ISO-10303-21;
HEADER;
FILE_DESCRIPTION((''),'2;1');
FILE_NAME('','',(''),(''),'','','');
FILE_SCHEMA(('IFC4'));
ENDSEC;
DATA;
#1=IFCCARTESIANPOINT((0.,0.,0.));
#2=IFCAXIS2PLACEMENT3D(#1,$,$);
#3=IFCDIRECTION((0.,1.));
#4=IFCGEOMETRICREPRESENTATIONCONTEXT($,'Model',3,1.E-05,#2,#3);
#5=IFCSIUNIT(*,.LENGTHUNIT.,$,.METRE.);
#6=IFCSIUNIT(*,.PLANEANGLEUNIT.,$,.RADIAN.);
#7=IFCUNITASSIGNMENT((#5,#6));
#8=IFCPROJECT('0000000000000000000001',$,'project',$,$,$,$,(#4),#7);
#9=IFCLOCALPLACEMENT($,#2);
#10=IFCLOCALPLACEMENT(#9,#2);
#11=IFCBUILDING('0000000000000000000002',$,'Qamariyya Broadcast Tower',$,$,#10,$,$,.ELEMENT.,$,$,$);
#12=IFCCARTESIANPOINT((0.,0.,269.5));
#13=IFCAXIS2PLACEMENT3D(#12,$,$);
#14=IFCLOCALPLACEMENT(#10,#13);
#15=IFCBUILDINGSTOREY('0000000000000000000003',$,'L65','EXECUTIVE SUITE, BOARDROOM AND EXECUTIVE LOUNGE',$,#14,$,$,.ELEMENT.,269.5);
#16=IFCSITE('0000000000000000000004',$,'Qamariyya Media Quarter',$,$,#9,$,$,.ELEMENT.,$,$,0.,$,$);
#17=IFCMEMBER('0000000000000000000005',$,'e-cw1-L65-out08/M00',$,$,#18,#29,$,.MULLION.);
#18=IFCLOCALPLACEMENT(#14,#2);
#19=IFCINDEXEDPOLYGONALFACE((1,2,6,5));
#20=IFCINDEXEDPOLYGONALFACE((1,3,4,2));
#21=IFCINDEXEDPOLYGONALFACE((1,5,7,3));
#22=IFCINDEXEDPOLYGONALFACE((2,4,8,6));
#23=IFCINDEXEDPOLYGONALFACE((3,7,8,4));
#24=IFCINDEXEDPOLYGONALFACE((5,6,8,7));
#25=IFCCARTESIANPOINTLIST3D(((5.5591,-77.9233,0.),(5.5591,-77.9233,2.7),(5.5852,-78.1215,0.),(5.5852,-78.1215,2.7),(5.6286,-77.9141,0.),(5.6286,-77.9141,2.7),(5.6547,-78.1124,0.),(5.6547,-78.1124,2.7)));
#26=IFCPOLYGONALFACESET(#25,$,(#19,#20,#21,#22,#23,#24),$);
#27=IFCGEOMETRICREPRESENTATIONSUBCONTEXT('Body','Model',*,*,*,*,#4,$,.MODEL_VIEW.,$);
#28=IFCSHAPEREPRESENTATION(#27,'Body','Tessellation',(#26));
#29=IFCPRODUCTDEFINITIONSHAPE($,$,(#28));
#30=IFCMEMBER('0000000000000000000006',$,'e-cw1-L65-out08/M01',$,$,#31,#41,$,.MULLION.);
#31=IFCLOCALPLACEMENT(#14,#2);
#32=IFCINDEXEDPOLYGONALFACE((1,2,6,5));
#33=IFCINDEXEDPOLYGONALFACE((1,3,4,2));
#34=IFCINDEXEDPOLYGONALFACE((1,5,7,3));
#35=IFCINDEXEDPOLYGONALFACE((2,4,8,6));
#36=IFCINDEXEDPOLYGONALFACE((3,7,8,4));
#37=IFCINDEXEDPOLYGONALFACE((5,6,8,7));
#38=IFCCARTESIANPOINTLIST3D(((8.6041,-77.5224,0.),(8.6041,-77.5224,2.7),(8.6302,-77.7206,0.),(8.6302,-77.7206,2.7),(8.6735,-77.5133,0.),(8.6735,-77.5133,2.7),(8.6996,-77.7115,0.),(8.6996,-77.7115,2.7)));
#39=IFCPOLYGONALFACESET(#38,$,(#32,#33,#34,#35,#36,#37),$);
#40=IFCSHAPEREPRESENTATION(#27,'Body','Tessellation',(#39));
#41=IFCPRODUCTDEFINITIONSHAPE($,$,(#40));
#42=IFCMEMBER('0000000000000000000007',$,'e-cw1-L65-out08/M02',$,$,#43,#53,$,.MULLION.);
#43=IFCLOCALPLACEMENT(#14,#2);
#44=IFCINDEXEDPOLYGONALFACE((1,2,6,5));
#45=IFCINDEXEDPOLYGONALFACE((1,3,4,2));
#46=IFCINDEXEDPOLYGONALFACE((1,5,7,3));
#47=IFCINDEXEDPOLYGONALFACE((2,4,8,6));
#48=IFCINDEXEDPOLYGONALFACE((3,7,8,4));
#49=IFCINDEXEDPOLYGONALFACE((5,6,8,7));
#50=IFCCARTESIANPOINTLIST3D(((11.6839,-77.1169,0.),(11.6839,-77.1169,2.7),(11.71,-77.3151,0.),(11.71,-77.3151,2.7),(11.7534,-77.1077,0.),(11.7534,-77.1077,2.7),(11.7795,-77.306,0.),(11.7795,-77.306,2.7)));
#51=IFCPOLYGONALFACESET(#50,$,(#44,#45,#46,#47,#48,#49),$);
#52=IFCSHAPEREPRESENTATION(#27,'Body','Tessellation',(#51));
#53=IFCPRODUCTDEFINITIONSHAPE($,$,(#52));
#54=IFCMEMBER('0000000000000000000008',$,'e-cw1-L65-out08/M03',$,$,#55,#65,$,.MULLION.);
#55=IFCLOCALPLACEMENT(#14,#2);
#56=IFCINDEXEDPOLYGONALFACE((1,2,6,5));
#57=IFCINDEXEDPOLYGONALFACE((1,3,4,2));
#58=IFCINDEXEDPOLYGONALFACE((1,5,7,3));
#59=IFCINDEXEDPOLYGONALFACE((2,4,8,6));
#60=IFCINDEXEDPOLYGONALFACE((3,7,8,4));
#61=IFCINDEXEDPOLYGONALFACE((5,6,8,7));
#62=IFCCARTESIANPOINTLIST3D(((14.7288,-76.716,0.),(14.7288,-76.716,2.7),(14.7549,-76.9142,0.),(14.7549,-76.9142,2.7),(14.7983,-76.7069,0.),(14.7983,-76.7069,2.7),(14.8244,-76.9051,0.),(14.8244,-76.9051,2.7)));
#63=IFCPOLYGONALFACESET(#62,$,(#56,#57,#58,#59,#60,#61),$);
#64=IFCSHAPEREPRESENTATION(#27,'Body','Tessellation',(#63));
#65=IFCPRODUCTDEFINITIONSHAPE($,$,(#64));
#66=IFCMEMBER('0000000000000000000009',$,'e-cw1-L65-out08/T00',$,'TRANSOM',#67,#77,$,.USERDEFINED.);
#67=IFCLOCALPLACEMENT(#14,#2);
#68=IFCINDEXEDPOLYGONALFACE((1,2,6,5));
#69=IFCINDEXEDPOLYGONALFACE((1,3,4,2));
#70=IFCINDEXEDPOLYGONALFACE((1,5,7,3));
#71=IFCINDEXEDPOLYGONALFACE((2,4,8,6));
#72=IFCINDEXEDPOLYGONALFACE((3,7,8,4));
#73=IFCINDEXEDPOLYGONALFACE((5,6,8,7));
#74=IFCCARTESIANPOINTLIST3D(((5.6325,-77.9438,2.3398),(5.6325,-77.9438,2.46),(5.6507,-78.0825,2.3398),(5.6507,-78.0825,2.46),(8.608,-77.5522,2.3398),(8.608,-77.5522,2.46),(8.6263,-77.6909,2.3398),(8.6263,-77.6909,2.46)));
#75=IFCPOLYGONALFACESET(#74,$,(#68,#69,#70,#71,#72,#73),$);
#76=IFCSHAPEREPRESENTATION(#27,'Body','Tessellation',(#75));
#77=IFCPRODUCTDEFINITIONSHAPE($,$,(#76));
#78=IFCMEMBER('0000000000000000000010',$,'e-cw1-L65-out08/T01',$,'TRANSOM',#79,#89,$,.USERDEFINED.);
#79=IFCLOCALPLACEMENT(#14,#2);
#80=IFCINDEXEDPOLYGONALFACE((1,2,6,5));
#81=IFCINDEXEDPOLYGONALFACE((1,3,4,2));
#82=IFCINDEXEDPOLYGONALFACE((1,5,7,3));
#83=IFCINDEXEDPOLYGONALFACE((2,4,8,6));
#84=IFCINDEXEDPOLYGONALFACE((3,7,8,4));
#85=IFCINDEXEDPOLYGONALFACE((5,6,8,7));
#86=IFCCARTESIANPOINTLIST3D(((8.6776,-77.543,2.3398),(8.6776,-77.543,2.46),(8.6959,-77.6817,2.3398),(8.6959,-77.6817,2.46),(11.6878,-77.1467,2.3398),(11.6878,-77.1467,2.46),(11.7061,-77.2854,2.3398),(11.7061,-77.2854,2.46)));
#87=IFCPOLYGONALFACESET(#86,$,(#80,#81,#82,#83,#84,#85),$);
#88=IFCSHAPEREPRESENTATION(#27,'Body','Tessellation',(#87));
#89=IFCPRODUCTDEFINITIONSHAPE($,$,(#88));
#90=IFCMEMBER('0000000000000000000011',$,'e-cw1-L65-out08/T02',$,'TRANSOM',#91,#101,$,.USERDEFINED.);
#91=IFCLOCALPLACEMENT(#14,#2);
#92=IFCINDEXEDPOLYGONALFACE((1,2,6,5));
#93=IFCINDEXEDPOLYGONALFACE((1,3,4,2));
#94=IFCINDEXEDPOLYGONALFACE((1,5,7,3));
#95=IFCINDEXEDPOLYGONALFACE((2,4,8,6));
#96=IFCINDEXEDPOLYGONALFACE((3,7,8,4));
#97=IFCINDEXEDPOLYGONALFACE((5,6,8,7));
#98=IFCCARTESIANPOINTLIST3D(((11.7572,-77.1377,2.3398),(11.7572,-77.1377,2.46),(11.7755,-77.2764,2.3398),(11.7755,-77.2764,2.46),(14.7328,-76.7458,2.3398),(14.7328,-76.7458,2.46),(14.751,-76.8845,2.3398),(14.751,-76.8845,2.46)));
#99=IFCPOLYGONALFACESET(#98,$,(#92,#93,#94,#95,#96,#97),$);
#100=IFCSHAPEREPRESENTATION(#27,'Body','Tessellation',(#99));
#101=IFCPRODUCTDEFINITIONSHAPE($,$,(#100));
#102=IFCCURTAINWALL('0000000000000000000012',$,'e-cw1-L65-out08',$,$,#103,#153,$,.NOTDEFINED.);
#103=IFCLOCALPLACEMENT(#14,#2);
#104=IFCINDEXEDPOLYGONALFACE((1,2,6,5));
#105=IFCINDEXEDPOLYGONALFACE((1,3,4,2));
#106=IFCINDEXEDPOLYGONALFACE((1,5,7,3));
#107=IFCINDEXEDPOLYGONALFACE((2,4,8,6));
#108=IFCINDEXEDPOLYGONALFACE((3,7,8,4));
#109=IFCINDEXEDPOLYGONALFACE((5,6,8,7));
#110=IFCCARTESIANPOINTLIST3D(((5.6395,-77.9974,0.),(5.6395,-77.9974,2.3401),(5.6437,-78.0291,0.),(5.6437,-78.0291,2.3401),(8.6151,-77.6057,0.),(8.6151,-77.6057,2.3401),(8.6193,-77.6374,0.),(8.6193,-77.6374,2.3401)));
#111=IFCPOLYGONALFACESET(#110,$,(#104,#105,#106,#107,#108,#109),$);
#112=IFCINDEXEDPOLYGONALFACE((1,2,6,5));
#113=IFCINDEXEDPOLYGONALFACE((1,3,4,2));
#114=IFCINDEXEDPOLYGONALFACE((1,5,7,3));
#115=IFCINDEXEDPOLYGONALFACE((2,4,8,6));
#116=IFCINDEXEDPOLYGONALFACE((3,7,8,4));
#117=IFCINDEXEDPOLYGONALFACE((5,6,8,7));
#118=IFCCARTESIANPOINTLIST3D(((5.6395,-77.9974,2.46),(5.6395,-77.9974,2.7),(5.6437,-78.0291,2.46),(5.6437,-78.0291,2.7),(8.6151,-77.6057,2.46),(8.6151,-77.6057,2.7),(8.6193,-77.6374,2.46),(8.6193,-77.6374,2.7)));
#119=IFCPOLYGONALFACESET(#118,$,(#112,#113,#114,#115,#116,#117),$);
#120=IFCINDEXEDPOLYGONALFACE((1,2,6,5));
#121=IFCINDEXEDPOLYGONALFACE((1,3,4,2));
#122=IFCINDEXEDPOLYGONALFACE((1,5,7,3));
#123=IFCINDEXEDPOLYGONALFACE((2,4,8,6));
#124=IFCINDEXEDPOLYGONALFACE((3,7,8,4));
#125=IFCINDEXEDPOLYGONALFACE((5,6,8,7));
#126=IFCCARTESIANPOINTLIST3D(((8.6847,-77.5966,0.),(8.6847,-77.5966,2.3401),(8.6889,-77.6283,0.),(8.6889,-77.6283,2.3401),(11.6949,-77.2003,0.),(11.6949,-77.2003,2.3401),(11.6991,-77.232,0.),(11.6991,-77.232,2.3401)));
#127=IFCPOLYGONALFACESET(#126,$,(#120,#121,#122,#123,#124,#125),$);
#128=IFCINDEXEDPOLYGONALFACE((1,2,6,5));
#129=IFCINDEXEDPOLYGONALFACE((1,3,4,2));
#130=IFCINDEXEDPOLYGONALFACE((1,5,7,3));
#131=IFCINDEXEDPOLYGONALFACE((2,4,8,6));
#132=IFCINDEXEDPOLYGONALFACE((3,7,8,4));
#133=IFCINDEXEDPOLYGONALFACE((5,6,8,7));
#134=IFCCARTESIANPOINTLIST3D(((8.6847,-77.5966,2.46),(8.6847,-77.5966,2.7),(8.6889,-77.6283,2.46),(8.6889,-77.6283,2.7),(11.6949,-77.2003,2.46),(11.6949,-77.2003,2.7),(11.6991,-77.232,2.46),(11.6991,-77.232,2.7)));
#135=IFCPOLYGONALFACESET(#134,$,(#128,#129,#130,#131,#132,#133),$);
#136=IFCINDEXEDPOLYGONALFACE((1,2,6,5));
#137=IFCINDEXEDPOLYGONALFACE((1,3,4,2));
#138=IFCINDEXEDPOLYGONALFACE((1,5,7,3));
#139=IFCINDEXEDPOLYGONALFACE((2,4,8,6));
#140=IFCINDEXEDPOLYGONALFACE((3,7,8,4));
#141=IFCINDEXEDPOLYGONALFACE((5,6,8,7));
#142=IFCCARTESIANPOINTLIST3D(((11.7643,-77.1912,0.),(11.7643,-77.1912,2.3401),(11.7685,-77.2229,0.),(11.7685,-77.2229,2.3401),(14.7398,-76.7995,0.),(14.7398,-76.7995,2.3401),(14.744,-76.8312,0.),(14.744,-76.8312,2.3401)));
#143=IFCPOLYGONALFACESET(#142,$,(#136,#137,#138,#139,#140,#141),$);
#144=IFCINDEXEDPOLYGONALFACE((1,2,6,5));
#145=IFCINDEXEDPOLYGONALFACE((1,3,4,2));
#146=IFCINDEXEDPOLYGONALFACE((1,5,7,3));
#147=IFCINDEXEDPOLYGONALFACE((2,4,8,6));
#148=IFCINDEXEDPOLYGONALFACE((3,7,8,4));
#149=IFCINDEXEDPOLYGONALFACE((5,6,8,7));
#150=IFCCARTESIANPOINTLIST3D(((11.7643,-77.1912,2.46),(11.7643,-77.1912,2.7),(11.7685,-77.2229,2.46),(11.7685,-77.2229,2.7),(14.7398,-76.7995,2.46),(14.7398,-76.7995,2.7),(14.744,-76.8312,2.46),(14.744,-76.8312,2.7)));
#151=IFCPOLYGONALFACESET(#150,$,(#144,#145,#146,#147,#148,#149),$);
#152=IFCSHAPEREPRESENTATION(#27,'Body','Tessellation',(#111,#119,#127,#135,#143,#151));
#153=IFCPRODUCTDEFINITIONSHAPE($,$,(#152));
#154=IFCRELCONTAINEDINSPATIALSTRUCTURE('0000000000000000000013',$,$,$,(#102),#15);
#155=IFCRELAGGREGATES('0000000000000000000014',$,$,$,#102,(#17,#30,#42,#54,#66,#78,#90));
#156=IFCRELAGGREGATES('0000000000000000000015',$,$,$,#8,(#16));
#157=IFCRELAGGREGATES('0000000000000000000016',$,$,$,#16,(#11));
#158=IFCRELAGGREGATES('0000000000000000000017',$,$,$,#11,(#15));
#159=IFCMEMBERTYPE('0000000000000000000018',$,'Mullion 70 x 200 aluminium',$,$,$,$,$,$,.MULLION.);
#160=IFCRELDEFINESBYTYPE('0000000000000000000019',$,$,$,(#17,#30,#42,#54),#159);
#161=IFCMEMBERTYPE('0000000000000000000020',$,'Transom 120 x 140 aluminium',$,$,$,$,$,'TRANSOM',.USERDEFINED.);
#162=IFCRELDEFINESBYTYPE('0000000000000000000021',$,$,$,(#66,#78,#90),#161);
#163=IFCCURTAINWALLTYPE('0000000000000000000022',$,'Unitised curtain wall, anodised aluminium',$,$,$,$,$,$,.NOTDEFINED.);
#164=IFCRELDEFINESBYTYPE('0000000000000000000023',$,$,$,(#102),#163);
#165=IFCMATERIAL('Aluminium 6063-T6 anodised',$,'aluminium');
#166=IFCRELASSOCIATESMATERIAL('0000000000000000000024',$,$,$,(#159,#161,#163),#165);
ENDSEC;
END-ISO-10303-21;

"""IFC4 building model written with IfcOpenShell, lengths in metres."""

from ifc_helpers import new_model, si_unit, direction, frame, origin, origin_2d, place, context, subcontext, project, spatial, rectangle, extrude, material, material_profile, profile_set, type_object, element, aggregate, save


model = new_model("IFC4")

# Units and contexts
model_context = context("Model", 3, precision=1e-05, world=origin(), true_north=direction((0.0, 1.0)))
body_context = subcontext(model_context, "Body", "Model", "MODEL_VIEW")
ifc_project = project(units=[si_unit("LENGTHUNIT", "METRE"), si_unit("PLANEANGLEUNIT", "RADIAN")], contexts=[model_context])

# Members
ifc_material_1 = material(Name="Aluminium 6063-T6 anodised", Category="aluminium")
ifc_material_profile_1 = material_profile(ifc_material_1, rectangle(XDim=0.2, YDim=0.0701, at=origin_2d()))
ifc_profile_set_1 = profile_set([ifc_material_profile_1], Name="Aluminium 6063-T6 anodised")
member_type_1 = type_object("IfcMemberType", Name="Mullion 70 x 200 aluminium", PredefinedType="MULLION", material=ifc_profile_set_1)
site_placement = place(None, origin())
building_placement = place(site_placement, origin())
storey_placement = place(building_placement, frame((0.0, 0.0, 269.5)))
member_1_placement = place(storey_placement, frame((5.6069, -78.0178, 0.0), z_axis=(0.0, 0.0, 1.0), x_axis=(-0.130526, 0.991445, 0.0)))
member_1 = element("IfcMember", 1, at=member_1_placement, type_object=member_type_1, Name="e-cw1-L65-out08/M00", PredefinedType="MULLION", context=body_context, shape_type="SweptSolid", body=[
    extrude(rectangle(XDim=0.2, YDim=0.0701, at=origin_2d()), origin(), (0.0, 0.0, 1.0), 2.7),
])
member_2_placement = place(storey_placement, frame((8.6519, -77.6169, 0.0), z_axis=(0.0, 0.0, 1.0), x_axis=(-0.130526, 0.991445, 0.0)))
member_2 = element("IfcMember", 2, at=member_2_placement, type_object=member_type_1, Name="e-cw1-L65-out08/M01", PredefinedType="MULLION", context=body_context, shape_type="SweptSolid", body=[
    extrude(rectangle(XDim=0.2, YDim=0.0701, at=origin_2d()), origin(), (0.0, 0.0, 1.0), 2.7),
])
member_3_placement = place(storey_placement, frame((11.7317, -77.2114, 0.0), z_axis=(0.0, 0.0, 1.0), x_axis=(-0.130526, 0.991445, 0.0)))
member_3 = element("IfcMember", 3, at=member_3_placement, type_object=member_type_1, Name="e-cw1-L65-out08/M02", PredefinedType="MULLION", context=body_context, shape_type="SweptSolid", body=[
    extrude(rectangle(XDim=0.2, YDim=0.0701, at=origin_2d()), origin(), (0.0, 0.0, 1.0), 2.7),
])
member_4_placement = place(storey_placement, frame((14.7766, -76.8105, 0.0), z_axis=(0.0, 0.0, 1.0), x_axis=(-0.130526, 0.991445, 0.0)))
member_4 = element("IfcMember", 4, at=member_4_placement, type_object=member_type_1, Name="e-cw1-L65-out08/M03", PredefinedType="MULLION", context=body_context, shape_type="SweptSolid", body=[
    extrude(rectangle(XDim=0.2, YDim=0.0701, at=origin_2d()), origin(), (0.0, 0.0, 1.0), 2.7),
])
ifc_material_profile_2 = material_profile(ifc_material_1, rectangle(XDim=0.1399, YDim=0.1201, at=origin_2d()))
ifc_profile_set_2 = profile_set([ifc_material_profile_2], Name="Aluminium 6063-T6 anodised")
member_type_2 = type_object("IfcMemberType", Name="Transom 120 x 140 aluminium", ElementType="TRANSOM", PredefinedType="USERDEFINED", material=ifc_profile_set_2)
member_5_placement = place(storey_placement, frame((5.6416, -78.0132, 2.3999), z_axis=(0.991451, 0.13048, 0.0), x_axis=(-0.13048, 0.991451, 0.0)))
member_5 = element("IfcMember", 5, at=member_5_placement, type_object=member_type_2, Name="e-cw1-L65-out08/T00", ObjectType="TRANSOM", PredefinedType="USERDEFINED", context=body_context, shape_type="SweptSolid", body=[
    extrude(rectangle(XDim=0.1399, YDim=0.1201, at=origin_2d()), origin(), (0.0, 0.0, 1.0), 3.0012),
])
member_6_placement = place(storey_placement, frame((8.6868, -77.6123, 2.3999), z_axis=(0.991448, 0.130504, 0.0), x_axis=(-0.130504, 0.991448, 0.0)))
member_6 = element("IfcMember", 6, at=member_6_placement, type_object=member_type_2, Name="e-cw1-L65-out08/T01", ObjectType="TRANSOM", PredefinedType="USERDEFINED", context=body_context, shape_type="SweptSolid", body=[
    extrude(rectangle(XDim=0.1399, YDim=0.1201, at=origin_2d()), origin(), (0.0, 0.0, 1.0), 3.0361),
])
member_7_placement = place(storey_placement, frame((11.7664, -77.207, 2.3999), z_axis=(0.99144, 0.13056, 0.0), x_axis=(-0.13056, 0.99144, 0.0)))
member_7 = element("IfcMember", 7, at=member_7_placement, type_object=member_type_2, Name="e-cw1-L65-out08/T02", ObjectType="TRANSOM", PredefinedType="USERDEFINED", context=body_context, shape_type="SweptSolid", body=[
    extrude(rectangle(XDim=0.1399, YDim=0.1201, at=origin_2d()), origin(), (0.0, 0.0, 1.0), 3.0012),
])

# Site, building, storey
site = spatial("IfcSite", under=ifc_project, at=site_placement, Name="Qamariyya Media Quarter", CompositionType="ELEMENT", RefElevation=0.0)
building = spatial("IfcBuilding", under=site, at=building_placement, Name="Qamariyya Broadcast Tower", CompositionType="ELEMENT")
storey = spatial("IfcBuildingStorey", under=building, at=storey_placement, Name="L65", Description="EXECUTIVE SUITE, BOARDROOM AND EXECUTIVE LOUNGE", CompositionType="ELEMENT", Elevation=269.5)

# Curtain wall
curtain_wall_type = type_object("IfcCurtainWallType", Name="Unitised curtain wall, anodised aluminium", PredefinedType="NOTDEFINED", material=ifc_material_1)
curtain_wall_1_placement = place(storey_placement, origin())
curtain_wall_1 = element("IfcCurtainWall", 8, at=curtain_wall_1_placement, inside=storey, type_object=curtain_wall_type, Name="e-cw1-L65-out08", PredefinedType="NOTDEFINED", context=body_context, shape_type="SweptSolid", body=[
    extrude(rectangle(XDim=3.0012, YDim=0.032, at=origin_2d()), frame((7.1294, -77.8174, 0.0), x_axis=(0.991445, 0.130523, 0.0)), (0.0, 0.0, 1.0), 2.3401),
    extrude(rectangle(XDim=3.0012, YDim=0.032, at=origin_2d()), frame((7.1294, -77.8174, 2.46), x_axis=(0.991445, 0.130523, 0.0)), (0.0, 0.0, 1.0), 0.24),
    extrude(rectangle(XDim=3.0361, YDim=0.032, at=origin_2d()), frame((10.1919, -77.4143, 0.0), x_axis=(0.991445, 0.130523, 0.0)), (0.0, 0.0, 1.0), 2.3401),
    extrude(rectangle(XDim=3.0361, YDim=0.032, at=origin_2d()), frame((10.1919, -77.4143, 2.46), x_axis=(0.991445, 0.130523, 0.0)), (0.0, 0.0, 1.0), 0.24),
    extrude(rectangle(XDim=3.0012, YDim=0.032, at=origin_2d()), frame((13.2542, -77.0112, 0.0), x_axis=(0.991445, 0.130523, 0.0)), (0.0, 0.0, 1.0), 2.3401),
    extrude(rectangle(XDim=3.0012, YDim=0.032, at=origin_2d()), frame((13.2542, -77.0112, 2.46), x_axis=(0.991445, 0.130523, 0.0)), (0.0, 0.0, 1.0), 0.24),
])
aggregate(curtain_wall_1, [member_1, member_2, member_3, member_4, member_5, member_6, member_7])

save(model, "model.ifc")
